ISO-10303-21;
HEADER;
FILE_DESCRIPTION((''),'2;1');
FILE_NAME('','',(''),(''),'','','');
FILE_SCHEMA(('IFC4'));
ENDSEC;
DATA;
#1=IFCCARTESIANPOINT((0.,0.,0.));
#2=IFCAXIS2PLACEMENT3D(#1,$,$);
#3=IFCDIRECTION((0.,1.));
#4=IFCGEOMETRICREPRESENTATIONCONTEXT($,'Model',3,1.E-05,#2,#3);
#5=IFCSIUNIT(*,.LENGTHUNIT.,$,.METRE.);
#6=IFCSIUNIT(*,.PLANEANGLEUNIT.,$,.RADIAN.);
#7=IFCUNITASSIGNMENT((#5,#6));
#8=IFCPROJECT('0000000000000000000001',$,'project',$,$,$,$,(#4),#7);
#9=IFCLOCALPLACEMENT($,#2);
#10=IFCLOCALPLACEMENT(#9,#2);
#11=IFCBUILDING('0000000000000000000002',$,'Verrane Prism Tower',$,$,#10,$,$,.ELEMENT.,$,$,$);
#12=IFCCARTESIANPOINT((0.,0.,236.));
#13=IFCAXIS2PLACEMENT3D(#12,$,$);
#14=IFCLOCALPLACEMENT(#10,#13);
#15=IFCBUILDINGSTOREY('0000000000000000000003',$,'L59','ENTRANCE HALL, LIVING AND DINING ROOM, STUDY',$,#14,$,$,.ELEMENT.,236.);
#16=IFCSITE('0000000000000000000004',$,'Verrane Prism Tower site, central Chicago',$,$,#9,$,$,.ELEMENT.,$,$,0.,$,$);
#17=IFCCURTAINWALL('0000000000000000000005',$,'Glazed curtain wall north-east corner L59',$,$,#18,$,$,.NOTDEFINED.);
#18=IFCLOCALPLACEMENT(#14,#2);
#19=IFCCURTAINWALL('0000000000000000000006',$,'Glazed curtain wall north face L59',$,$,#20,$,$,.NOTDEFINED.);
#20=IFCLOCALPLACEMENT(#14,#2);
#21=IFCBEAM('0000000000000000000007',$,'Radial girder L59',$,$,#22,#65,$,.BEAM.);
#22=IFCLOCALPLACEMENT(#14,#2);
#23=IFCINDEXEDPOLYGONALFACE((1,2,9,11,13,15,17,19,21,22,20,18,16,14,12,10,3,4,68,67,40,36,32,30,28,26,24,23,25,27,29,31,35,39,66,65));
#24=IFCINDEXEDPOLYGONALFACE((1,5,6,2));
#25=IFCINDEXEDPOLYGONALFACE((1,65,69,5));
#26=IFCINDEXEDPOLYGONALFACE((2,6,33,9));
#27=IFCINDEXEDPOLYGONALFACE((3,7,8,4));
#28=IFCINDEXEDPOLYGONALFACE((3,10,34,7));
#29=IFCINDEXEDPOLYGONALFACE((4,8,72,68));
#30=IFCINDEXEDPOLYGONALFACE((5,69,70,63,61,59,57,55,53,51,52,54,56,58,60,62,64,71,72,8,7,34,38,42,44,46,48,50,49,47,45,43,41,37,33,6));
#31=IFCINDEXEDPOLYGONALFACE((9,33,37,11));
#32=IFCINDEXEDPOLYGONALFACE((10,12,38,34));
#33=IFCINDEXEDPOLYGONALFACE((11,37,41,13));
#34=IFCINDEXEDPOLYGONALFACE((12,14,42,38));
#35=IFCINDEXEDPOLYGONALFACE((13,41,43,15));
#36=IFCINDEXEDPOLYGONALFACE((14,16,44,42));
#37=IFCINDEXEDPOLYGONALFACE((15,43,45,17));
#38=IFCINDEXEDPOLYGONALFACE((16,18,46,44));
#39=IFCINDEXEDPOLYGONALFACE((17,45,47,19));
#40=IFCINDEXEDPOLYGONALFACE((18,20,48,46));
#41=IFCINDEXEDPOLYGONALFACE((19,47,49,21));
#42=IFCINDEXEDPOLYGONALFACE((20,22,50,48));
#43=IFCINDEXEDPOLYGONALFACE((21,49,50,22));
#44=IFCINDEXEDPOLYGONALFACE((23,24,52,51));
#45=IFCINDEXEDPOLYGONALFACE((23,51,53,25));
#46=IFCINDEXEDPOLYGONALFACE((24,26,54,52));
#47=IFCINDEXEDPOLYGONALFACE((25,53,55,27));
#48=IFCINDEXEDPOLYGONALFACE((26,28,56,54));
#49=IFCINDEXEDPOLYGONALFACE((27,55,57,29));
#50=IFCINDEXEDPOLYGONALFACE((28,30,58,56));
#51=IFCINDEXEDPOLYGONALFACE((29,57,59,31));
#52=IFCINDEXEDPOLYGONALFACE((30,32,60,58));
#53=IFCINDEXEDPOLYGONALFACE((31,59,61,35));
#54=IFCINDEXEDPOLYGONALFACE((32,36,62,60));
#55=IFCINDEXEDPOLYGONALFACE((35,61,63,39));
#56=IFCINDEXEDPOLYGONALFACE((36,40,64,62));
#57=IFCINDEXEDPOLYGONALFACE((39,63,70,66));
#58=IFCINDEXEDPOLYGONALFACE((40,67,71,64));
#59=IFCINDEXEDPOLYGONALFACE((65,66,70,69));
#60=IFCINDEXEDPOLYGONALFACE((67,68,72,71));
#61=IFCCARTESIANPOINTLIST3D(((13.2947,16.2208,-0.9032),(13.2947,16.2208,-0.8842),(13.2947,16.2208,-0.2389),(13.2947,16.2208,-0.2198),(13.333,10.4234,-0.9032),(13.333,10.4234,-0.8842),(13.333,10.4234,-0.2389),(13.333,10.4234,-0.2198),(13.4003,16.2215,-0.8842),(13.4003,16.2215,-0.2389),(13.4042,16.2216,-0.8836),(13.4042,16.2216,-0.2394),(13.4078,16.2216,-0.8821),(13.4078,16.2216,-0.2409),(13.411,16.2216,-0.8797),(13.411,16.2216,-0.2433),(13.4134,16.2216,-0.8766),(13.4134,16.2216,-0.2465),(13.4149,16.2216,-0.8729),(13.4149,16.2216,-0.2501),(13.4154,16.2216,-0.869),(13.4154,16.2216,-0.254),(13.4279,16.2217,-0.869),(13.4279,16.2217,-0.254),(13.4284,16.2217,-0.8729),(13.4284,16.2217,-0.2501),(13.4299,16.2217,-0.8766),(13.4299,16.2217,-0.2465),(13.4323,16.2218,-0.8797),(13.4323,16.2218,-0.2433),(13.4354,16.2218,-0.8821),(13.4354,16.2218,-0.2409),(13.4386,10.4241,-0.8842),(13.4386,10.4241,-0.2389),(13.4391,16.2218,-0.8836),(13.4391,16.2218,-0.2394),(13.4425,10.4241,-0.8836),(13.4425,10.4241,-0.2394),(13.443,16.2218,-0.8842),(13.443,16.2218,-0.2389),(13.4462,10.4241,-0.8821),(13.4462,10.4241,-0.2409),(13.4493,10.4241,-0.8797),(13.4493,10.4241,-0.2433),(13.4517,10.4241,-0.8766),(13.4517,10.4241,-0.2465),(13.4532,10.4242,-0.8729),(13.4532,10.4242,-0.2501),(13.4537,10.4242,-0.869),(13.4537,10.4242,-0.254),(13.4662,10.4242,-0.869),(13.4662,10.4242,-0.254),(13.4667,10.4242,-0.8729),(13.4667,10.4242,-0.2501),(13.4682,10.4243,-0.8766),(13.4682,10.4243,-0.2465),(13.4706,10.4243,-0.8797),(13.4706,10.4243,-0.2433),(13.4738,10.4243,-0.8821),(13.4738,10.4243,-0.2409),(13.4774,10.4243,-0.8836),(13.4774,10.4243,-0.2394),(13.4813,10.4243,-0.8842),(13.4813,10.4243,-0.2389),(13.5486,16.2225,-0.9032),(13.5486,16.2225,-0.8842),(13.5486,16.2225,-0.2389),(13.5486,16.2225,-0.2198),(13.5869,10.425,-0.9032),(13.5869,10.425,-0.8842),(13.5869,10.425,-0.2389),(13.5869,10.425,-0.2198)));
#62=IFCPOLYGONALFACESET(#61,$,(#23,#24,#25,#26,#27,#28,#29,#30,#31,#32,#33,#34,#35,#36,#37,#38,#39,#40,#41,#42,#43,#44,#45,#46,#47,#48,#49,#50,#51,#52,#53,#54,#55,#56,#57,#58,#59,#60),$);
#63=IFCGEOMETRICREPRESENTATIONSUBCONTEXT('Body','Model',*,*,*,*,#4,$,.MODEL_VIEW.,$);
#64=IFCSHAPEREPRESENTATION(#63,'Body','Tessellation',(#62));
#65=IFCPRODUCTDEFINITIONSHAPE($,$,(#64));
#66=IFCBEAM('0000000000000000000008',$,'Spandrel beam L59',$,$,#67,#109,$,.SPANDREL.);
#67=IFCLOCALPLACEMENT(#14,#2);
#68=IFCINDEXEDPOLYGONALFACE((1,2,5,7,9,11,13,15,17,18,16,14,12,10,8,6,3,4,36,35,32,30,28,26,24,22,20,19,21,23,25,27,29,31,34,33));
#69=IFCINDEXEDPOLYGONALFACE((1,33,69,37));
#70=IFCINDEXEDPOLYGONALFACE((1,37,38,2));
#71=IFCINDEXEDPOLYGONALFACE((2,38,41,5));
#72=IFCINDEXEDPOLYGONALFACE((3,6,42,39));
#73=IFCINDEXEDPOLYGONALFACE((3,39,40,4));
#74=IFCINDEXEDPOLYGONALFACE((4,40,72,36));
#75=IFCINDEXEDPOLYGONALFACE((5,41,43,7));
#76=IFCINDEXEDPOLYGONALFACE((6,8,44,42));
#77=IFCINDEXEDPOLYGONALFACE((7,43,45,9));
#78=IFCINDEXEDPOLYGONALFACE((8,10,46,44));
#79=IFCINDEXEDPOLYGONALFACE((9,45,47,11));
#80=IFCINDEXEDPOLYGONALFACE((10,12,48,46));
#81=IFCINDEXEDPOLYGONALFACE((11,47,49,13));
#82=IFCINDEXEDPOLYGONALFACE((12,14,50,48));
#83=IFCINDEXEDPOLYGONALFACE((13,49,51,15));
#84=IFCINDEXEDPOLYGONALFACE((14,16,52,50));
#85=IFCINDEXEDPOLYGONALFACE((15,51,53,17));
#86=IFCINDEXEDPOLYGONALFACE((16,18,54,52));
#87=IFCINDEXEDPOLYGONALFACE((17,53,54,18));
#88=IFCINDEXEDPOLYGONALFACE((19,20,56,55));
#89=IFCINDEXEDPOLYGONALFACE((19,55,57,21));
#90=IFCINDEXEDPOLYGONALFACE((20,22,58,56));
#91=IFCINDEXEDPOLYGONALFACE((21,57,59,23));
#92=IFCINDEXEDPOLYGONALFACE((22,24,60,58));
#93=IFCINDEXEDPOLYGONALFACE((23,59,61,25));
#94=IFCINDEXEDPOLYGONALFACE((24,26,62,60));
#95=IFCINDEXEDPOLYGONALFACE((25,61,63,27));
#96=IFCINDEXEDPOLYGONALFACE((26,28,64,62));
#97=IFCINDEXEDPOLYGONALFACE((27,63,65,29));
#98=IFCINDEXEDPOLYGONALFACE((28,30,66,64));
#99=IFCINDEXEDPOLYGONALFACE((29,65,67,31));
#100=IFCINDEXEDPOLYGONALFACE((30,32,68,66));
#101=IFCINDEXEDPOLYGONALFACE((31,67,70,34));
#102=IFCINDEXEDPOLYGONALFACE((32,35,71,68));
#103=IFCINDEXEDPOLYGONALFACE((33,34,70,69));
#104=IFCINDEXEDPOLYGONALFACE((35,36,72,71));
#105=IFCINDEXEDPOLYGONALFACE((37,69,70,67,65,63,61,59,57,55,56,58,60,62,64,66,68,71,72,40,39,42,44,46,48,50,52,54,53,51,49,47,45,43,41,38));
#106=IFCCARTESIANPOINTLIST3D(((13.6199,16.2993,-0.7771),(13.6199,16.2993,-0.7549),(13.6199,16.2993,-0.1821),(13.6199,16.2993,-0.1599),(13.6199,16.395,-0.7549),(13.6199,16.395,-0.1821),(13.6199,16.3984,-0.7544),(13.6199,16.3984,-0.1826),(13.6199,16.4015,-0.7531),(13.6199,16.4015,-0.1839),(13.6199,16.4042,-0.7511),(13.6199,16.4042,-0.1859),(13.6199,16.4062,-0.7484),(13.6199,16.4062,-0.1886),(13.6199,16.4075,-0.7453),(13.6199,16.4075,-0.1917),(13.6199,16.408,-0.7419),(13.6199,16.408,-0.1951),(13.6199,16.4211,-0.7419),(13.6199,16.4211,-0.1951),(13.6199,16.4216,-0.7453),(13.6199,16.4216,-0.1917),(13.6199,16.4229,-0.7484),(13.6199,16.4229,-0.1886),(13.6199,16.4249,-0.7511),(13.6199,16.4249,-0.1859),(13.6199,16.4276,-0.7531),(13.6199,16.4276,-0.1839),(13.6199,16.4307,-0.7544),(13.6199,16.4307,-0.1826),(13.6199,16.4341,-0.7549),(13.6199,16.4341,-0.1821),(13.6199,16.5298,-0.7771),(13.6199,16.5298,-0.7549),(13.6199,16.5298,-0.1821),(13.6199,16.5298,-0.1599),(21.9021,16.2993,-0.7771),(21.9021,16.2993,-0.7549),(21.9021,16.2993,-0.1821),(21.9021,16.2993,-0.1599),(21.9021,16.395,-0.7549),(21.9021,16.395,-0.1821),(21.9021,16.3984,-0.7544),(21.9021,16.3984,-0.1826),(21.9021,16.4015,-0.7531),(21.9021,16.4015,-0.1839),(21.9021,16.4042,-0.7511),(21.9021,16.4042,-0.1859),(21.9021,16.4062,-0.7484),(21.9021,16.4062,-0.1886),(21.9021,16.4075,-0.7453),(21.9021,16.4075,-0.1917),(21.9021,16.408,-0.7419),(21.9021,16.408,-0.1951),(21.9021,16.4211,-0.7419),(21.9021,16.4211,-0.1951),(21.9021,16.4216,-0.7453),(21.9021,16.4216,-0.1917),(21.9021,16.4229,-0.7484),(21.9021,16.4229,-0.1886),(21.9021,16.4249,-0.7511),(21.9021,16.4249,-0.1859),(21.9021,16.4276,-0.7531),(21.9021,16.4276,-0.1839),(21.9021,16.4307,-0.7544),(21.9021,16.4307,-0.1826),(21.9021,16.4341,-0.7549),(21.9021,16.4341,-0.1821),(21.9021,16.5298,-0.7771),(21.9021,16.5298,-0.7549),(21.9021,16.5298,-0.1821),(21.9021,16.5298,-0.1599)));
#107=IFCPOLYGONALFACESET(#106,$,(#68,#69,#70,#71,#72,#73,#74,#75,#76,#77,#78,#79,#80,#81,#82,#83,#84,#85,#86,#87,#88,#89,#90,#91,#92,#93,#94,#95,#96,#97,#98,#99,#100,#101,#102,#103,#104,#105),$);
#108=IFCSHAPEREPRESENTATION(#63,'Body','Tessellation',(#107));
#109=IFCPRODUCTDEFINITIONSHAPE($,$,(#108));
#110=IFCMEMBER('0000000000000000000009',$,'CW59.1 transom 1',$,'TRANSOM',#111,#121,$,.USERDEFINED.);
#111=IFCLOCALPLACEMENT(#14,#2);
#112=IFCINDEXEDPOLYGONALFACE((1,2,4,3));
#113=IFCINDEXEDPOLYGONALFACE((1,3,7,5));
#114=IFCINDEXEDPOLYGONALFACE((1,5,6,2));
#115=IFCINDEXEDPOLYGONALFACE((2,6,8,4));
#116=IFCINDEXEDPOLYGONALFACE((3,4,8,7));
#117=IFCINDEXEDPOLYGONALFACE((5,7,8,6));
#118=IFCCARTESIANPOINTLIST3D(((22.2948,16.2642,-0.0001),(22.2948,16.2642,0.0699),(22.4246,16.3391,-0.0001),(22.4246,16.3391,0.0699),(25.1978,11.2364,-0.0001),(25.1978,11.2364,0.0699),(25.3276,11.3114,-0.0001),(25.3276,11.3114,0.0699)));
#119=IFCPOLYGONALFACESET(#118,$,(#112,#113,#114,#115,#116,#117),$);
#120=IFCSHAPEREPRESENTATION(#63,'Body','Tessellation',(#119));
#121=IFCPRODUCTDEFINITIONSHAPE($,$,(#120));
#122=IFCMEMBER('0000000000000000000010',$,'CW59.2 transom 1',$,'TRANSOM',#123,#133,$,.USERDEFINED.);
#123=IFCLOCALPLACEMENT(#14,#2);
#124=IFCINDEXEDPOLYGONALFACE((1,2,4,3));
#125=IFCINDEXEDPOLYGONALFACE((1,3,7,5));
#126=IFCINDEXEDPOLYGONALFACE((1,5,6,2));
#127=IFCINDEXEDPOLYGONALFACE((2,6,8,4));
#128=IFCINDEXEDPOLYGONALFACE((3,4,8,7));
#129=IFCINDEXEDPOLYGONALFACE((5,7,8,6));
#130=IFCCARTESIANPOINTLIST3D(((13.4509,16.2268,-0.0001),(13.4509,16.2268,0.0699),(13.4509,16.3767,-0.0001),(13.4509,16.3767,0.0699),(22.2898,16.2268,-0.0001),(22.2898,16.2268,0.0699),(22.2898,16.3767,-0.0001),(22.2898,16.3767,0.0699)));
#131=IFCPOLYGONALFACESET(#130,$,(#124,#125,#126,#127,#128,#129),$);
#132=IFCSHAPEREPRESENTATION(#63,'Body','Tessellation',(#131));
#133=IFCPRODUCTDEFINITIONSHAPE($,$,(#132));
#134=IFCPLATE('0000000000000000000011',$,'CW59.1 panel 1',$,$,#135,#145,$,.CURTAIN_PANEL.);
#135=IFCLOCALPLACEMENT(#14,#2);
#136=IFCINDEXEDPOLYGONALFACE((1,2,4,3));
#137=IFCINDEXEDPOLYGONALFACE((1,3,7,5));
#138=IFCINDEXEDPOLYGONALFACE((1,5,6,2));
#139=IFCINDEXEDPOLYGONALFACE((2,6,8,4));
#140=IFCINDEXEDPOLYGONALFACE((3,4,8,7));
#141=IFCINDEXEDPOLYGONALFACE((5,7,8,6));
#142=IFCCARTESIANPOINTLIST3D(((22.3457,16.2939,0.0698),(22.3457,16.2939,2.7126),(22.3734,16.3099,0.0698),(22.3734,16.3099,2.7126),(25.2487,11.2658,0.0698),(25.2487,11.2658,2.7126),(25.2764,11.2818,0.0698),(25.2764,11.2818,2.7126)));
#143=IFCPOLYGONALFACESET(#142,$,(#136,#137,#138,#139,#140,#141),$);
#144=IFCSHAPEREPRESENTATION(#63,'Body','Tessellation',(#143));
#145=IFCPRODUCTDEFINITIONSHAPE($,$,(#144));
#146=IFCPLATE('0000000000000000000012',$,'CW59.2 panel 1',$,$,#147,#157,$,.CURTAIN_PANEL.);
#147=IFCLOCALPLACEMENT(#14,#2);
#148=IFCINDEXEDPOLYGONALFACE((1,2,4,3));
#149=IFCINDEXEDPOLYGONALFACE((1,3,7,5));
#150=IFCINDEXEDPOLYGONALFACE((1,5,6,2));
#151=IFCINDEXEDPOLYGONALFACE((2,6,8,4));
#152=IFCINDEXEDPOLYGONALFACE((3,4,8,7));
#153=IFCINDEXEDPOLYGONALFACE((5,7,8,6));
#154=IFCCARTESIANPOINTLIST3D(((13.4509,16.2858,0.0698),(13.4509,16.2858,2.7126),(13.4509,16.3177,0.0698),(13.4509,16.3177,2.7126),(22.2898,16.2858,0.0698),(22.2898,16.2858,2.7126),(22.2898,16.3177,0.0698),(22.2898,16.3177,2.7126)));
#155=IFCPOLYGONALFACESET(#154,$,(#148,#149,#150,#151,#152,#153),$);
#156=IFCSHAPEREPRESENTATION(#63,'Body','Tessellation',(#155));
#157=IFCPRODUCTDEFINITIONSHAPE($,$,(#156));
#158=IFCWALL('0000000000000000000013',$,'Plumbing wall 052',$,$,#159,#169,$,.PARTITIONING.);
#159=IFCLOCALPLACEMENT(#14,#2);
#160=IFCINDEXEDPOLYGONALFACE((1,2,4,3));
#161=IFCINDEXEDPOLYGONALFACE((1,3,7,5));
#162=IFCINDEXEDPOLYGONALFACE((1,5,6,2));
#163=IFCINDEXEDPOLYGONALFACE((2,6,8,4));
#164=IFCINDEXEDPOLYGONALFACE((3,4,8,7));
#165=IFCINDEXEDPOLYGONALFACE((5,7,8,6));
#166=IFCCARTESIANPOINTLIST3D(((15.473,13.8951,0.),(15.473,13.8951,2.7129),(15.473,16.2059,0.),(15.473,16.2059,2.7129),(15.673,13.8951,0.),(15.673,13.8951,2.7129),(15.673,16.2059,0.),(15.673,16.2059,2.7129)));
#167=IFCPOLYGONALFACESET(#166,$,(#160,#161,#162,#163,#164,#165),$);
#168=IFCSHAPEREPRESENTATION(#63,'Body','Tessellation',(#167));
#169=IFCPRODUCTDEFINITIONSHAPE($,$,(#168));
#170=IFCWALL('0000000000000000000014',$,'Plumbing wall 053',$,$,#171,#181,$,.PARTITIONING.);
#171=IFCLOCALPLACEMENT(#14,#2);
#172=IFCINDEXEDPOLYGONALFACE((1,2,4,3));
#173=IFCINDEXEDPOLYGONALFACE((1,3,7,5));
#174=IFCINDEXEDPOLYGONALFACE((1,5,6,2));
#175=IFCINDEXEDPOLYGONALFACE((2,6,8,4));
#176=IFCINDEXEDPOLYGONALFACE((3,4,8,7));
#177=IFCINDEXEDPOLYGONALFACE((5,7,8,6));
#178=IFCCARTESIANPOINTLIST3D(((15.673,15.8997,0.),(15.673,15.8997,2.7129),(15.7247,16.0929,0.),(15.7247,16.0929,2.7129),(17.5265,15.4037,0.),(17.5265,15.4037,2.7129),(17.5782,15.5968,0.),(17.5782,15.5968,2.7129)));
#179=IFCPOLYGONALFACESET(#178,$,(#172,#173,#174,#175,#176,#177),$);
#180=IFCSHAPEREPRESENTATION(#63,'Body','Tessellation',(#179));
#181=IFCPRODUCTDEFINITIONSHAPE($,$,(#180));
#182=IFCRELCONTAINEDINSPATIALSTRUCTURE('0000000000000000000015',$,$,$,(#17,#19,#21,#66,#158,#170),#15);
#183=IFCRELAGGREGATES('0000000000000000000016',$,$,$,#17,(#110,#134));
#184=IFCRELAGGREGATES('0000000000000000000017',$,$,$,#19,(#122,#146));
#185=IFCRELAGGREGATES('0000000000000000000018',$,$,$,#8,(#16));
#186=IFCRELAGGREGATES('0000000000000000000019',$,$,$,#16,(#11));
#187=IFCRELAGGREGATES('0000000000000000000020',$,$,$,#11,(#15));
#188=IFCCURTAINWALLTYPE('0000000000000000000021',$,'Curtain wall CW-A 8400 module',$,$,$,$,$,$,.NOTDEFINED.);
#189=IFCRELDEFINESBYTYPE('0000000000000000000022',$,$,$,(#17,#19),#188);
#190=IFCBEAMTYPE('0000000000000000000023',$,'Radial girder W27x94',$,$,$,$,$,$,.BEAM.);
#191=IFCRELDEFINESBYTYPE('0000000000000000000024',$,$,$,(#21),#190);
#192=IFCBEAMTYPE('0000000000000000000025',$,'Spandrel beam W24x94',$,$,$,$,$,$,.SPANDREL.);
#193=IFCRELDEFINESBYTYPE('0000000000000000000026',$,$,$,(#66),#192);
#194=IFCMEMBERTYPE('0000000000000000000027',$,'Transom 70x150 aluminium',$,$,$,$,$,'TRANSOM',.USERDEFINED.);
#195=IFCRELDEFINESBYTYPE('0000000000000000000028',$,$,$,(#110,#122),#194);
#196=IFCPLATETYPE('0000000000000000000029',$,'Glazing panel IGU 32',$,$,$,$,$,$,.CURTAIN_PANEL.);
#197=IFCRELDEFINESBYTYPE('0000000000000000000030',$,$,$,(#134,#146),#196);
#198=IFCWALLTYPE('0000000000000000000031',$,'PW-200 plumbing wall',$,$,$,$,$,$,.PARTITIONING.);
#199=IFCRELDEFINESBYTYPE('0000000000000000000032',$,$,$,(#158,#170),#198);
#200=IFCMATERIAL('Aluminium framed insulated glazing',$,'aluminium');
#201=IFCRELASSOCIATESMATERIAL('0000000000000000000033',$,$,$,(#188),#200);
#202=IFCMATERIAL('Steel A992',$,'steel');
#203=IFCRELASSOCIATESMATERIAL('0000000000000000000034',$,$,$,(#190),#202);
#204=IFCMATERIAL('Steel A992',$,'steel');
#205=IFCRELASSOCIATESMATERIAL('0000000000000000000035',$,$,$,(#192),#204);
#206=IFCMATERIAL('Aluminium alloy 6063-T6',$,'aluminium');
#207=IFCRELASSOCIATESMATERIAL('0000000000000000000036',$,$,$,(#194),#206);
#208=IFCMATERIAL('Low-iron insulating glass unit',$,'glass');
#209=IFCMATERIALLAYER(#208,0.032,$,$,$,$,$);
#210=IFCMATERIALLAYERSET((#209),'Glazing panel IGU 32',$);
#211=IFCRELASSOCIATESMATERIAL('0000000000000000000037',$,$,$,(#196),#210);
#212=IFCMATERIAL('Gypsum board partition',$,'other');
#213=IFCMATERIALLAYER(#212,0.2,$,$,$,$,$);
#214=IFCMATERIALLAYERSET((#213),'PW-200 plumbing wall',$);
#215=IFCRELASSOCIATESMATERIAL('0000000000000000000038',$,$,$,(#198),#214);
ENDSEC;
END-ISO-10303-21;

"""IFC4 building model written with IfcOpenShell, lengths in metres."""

from ifc_helpers import new_model, si_unit, direction, frame, frame_2d, origin, origin_2d, place, context, subcontext, project, spatial, rectangle, i_section, extrude, material, layer, layer_set, material_profile, profile_set, type_object, element, aggregate, save


model = new_model("IFC4")

# Units and contexts
model_context = context("Model", 3, precision=1e-05, world=origin(), true_north=direction((0.0, 1.0)))
body_context = subcontext(model_context, "Body", "Model", "MODEL_VIEW")
ifc_project = project(units=[si_unit("LENGTHUNIT", "METRE"), si_unit("PLANEANGLEUNIT", "RADIAN")], contexts=[model_context])

# Site, building, storey
site_placement = place(None, origin())
site = spatial("IfcSite", under=ifc_project, at=site_placement, Name="Verrane Prism Tower site, central Chicago", CompositionType="ELEMENT", RefElevation=0.0)
building_placement = place(site_placement, origin())
building = spatial("IfcBuilding", under=site, at=building_placement, Name="Verrane Prism Tower", CompositionType="ELEMENT")
storey_placement = place(building_placement, frame((0.0, 0.0, 236.0)))
storey = spatial("IfcBuildingStorey", under=building, at=storey_placement, Name="L59", Description="ENTRANCE HALL, LIVING AND DINING ROOM, STUDY", CompositionType="ELEMENT", Elevation=236.0)

# Curtain wall
ifc_material_1 = material(Name="Aluminium framed insulated glazing", Category="aluminium")
curtain_wall_type = type_object("IfcCurtainWallType", Name="Curtain wall CW-A 8400 module", PredefinedType="NOTDEFINED", material=ifc_material_1)
curtain_wall_1_placement = place(storey_placement, origin())
curtain_wall_1 = element("IfcCurtainWall", 1, at=curtain_wall_1_placement, inside=storey, type_object=curtain_wall_type, Name="Glazed curtain wall north-east corner L59", PredefinedType="NOTDEFINED")

# Curtain wall
curtain_wall_2_placement = place(storey_placement, origin())
curtain_wall_2 = element("IfcCurtainWall", 2, at=curtain_wall_2_placement, inside=storey, type_object=curtain_wall_type, Name="Glazed curtain wall north face L59", PredefinedType="NOTDEFINED")

# Beams
ifc_material_2 = material(Name="Steel A992", Category="steel")
ifc_material_profile_1 = material_profile(ifc_material_2, i_section(OverallWidth=0.2539, OverallDepth=0.6833, WebThickness=0.0125, FlangeThickness=0.019, FilletRadius=0.0151, at=origin_2d()), Name="W27x94")
ifc_profile_set_1 = profile_set([ifc_material_profile_1], Name="Steel A992")
beam_type_1 = type_object("IfcBeamType", Name="Radial girder W27x94", PredefinedType="BEAM", material=ifc_profile_set_1)
beam_1_placement = place(storey_placement, frame((13.4216, 16.2217, -0.5615), z_axis=(0.006611, -0.999978, 0.0), x_axis=(0.999978, 0.006611, 0.0)))
element("IfcBeam", 3, at=beam_1_placement, inside=storey, type_object=beam_type_1, Name="Radial girder L59", PredefinedType="BEAM", context=body_context, shape_type="SweptSolid", body=[
    extrude(i_section(OverallWidth=0.2539, OverallDepth=0.6833, WebThickness=0.0125, FlangeThickness=0.019, FilletRadius=0.0151, at=origin_2d()), origin(), (0.0, 0.0, 1.0), 5.7976),
])
ifc_material_3 = material(Name="Steel A992", Category="steel")
ifc_material_profile_2 = material_profile(ifc_material_3, i_section(OverallWidth=0.2305, OverallDepth=0.6172, WebThickness=0.0132, FlangeThickness=0.0222, FilletRadius=0.0129, at=origin_2d()), Name="W24x94")
ifc_profile_set_2 = profile_set([ifc_material_profile_2], Name="Steel A992")
beam_type_2 = type_object("IfcBeamType", Name="Spandrel beam W24x94", PredefinedType="SPANDREL", material=ifc_profile_set_2)
beam_2_placement = place(storey_placement, frame((21.9021, 16.4146, -0.4685), z_axis=(-1.0, 0.0, 0.0), x_axis=(0.0, -1.0, 0.0)))
element("IfcBeam", 4, at=beam_2_placement, inside=storey, type_object=beam_type_2, Name="Spandrel beam L59", PredefinedType="SPANDREL", context=body_context, shape_type="SweptSolid", body=[
    extrude(i_section(OverallWidth=0.2305, OverallDepth=0.6172, WebThickness=0.0132, FlangeThickness=0.0222, FilletRadius=0.0129, at=origin_2d()), origin(), (0.0, 0.0, 1.0), 8.2822),
])

# Members
ifc_material_4 = material(Name="Aluminium alloy 6063-T6", Category="aluminium")
ifc_material_profile_3 = material_profile(ifc_material_4, rectangle(XDim=0.1499, YDim=0.0701, at=origin_2d()), Name="Transom 70x150 aluminium")
ifc_profile_set_3 = profile_set([ifc_material_profile_3], Name="Aluminium alloy 6063-T6")
member_type_1 = type_object("IfcMemberType", Name="Transom 70x150 aluminium", ElementType="TRANSOM", PredefinedType="USERDEFINED", material=ifc_profile_set_3)
member_1_placement = place(storey_placement, frame((25.2627, 11.2739, 0.0349), z_axis=(-0.500033, 0.866006, 0.0), x_axis=(-0.866006, -0.500033, 0.0)))
member_1 = element("IfcMember", 5, at=member_1_placement, type_object=member_type_1, Name="CW59.1 transom 1", ObjectType="TRANSOM", PredefinedType="USERDEFINED", context=body_context, shape_type="SweptSolid", body=[
    extrude(rectangle(XDim=0.1499, YDim=0.0701, at=origin_2d()), origin(), (0.0, 0.0, 1.0), 5.8057),
])
member_2_placement = place(storey_placement, frame((22.2898, 16.3018, 0.0349), z_axis=(-1.0, 0.0, 0.0), x_axis=(0.0, -1.0, 0.0)))
member_2 = element("IfcMember", 6, at=member_2_placement, type_object=member_type_1, Name="CW59.2 transom 1", ObjectType="TRANSOM", PredefinedType="USERDEFINED", context=body_context, shape_type="SweptSolid", body=[
    extrude(rectangle(XDim=0.1499, YDim=0.0701, at=origin_2d()), origin(), (0.0, 0.0, 1.0), 8.8389),
])

# Plates
ifc_material_5 = material(Name="Low-iron insulating glass unit", Category="glass")
ifc_layer_1 = layer(ifc_material_5, 0.032)
ifc_layer_set_1 = layer_set([ifc_layer_1], Name="Glazing panel IGU 32")
plate_type = type_object("IfcPlateType", Name="Glazing panel IGU 32", PredefinedType="CURTAIN_PANEL", material=ifc_layer_set_1)
plate_1_placement = place(storey_placement, frame((23.811, 13.7878, 0.0698), z_axis=(0.0, 0.0, 1.0), x_axis=(-0.499999, 0.866026, 0.0)))
plate_1 = element("IfcPlate", 7, at=plate_1_placement, type_object=plate_type, Name="CW59.1 panel 1", PredefinedType="CURTAIN_PANEL", context=body_context, shape_type="SweptSolid", body=[
    extrude(rectangle(XDim=5.8059, YDim=0.032, at=origin_2d()), origin(), (0.0, 0.0, 1.0), 2.6428),
])
aggregate(curtain_wall_1, [member_1, plate_1])
plate_2_placement = place(storey_placement, frame((17.8704, 16.3018, 0.0698), z_axis=(0.0, 0.0, 1.0), x_axis=(-1.0, 0.0, 0.0)))
plate_2 = element("IfcPlate", 8, at=plate_2_placement, type_object=plate_type, Name="CW59.2 panel 1", PredefinedType="CURTAIN_PANEL", context=body_context, shape_type="SweptSolid", body=[
    extrude(rectangle(XDim=8.8389, YDim=0.032, at=origin_2d()), origin(), (0.0, 0.0, 1.0), 2.6428),
])
aggregate(curtain_wall_2, [member_2, plate_2])

# Walls
ifc_material_6 = material(Name="Gypsum board partition", Category="other")
ifc_layer_2 = layer(ifc_material_6, 0.2)
ifc_layer_set_2 = layer_set([ifc_layer_2], Name="PW-200 plumbing wall")
wall_type = type_object("IfcWallType", Name="PW-200 plumbing wall", PredefinedType="PARTITIONING", material=ifc_layer_set_2)
wall_1_placement = place(storey_placement, frame((15.573, 13.8953, 0.0), z_axis=(0.0, 0.0, 1.0), x_axis=(0.0, 1.0, 0.0)))
element("IfcWall", 9, at=wall_1_placement, inside=storey, type_object=wall_type, Name="Plumbing wall 052", PredefinedType="PARTITIONING", context=body_context, shape_type="SweptSolid", body=[
    extrude(rectangle(XDim=2.3108, YDim=0.2, at=frame_2d((1.1553, 0.0))), origin(), (0.0, 0.0, 1.0), 2.7129),
])
wall_2_placement = place(storey_placement, frame((15.6987, 15.9963, 0.0), z_axis=(0.0, 0.0, 1.0), x_axis=(0.965998, -0.25855, 0.0)))
element("IfcWall", 10, at=wall_2_placement, inside=storey, type_object=wall_type, Name="Plumbing wall 053", PredefinedType="PARTITIONING", context=body_context, shape_type="SweptSolid", body=[
    extrude(rectangle(XDim=1.9187, YDim=0.2, at=frame_2d((0.9595, 0.0))), origin(), (0.0, 0.0, 1.0), 2.7129),
])

save(model, "model.ifc")
